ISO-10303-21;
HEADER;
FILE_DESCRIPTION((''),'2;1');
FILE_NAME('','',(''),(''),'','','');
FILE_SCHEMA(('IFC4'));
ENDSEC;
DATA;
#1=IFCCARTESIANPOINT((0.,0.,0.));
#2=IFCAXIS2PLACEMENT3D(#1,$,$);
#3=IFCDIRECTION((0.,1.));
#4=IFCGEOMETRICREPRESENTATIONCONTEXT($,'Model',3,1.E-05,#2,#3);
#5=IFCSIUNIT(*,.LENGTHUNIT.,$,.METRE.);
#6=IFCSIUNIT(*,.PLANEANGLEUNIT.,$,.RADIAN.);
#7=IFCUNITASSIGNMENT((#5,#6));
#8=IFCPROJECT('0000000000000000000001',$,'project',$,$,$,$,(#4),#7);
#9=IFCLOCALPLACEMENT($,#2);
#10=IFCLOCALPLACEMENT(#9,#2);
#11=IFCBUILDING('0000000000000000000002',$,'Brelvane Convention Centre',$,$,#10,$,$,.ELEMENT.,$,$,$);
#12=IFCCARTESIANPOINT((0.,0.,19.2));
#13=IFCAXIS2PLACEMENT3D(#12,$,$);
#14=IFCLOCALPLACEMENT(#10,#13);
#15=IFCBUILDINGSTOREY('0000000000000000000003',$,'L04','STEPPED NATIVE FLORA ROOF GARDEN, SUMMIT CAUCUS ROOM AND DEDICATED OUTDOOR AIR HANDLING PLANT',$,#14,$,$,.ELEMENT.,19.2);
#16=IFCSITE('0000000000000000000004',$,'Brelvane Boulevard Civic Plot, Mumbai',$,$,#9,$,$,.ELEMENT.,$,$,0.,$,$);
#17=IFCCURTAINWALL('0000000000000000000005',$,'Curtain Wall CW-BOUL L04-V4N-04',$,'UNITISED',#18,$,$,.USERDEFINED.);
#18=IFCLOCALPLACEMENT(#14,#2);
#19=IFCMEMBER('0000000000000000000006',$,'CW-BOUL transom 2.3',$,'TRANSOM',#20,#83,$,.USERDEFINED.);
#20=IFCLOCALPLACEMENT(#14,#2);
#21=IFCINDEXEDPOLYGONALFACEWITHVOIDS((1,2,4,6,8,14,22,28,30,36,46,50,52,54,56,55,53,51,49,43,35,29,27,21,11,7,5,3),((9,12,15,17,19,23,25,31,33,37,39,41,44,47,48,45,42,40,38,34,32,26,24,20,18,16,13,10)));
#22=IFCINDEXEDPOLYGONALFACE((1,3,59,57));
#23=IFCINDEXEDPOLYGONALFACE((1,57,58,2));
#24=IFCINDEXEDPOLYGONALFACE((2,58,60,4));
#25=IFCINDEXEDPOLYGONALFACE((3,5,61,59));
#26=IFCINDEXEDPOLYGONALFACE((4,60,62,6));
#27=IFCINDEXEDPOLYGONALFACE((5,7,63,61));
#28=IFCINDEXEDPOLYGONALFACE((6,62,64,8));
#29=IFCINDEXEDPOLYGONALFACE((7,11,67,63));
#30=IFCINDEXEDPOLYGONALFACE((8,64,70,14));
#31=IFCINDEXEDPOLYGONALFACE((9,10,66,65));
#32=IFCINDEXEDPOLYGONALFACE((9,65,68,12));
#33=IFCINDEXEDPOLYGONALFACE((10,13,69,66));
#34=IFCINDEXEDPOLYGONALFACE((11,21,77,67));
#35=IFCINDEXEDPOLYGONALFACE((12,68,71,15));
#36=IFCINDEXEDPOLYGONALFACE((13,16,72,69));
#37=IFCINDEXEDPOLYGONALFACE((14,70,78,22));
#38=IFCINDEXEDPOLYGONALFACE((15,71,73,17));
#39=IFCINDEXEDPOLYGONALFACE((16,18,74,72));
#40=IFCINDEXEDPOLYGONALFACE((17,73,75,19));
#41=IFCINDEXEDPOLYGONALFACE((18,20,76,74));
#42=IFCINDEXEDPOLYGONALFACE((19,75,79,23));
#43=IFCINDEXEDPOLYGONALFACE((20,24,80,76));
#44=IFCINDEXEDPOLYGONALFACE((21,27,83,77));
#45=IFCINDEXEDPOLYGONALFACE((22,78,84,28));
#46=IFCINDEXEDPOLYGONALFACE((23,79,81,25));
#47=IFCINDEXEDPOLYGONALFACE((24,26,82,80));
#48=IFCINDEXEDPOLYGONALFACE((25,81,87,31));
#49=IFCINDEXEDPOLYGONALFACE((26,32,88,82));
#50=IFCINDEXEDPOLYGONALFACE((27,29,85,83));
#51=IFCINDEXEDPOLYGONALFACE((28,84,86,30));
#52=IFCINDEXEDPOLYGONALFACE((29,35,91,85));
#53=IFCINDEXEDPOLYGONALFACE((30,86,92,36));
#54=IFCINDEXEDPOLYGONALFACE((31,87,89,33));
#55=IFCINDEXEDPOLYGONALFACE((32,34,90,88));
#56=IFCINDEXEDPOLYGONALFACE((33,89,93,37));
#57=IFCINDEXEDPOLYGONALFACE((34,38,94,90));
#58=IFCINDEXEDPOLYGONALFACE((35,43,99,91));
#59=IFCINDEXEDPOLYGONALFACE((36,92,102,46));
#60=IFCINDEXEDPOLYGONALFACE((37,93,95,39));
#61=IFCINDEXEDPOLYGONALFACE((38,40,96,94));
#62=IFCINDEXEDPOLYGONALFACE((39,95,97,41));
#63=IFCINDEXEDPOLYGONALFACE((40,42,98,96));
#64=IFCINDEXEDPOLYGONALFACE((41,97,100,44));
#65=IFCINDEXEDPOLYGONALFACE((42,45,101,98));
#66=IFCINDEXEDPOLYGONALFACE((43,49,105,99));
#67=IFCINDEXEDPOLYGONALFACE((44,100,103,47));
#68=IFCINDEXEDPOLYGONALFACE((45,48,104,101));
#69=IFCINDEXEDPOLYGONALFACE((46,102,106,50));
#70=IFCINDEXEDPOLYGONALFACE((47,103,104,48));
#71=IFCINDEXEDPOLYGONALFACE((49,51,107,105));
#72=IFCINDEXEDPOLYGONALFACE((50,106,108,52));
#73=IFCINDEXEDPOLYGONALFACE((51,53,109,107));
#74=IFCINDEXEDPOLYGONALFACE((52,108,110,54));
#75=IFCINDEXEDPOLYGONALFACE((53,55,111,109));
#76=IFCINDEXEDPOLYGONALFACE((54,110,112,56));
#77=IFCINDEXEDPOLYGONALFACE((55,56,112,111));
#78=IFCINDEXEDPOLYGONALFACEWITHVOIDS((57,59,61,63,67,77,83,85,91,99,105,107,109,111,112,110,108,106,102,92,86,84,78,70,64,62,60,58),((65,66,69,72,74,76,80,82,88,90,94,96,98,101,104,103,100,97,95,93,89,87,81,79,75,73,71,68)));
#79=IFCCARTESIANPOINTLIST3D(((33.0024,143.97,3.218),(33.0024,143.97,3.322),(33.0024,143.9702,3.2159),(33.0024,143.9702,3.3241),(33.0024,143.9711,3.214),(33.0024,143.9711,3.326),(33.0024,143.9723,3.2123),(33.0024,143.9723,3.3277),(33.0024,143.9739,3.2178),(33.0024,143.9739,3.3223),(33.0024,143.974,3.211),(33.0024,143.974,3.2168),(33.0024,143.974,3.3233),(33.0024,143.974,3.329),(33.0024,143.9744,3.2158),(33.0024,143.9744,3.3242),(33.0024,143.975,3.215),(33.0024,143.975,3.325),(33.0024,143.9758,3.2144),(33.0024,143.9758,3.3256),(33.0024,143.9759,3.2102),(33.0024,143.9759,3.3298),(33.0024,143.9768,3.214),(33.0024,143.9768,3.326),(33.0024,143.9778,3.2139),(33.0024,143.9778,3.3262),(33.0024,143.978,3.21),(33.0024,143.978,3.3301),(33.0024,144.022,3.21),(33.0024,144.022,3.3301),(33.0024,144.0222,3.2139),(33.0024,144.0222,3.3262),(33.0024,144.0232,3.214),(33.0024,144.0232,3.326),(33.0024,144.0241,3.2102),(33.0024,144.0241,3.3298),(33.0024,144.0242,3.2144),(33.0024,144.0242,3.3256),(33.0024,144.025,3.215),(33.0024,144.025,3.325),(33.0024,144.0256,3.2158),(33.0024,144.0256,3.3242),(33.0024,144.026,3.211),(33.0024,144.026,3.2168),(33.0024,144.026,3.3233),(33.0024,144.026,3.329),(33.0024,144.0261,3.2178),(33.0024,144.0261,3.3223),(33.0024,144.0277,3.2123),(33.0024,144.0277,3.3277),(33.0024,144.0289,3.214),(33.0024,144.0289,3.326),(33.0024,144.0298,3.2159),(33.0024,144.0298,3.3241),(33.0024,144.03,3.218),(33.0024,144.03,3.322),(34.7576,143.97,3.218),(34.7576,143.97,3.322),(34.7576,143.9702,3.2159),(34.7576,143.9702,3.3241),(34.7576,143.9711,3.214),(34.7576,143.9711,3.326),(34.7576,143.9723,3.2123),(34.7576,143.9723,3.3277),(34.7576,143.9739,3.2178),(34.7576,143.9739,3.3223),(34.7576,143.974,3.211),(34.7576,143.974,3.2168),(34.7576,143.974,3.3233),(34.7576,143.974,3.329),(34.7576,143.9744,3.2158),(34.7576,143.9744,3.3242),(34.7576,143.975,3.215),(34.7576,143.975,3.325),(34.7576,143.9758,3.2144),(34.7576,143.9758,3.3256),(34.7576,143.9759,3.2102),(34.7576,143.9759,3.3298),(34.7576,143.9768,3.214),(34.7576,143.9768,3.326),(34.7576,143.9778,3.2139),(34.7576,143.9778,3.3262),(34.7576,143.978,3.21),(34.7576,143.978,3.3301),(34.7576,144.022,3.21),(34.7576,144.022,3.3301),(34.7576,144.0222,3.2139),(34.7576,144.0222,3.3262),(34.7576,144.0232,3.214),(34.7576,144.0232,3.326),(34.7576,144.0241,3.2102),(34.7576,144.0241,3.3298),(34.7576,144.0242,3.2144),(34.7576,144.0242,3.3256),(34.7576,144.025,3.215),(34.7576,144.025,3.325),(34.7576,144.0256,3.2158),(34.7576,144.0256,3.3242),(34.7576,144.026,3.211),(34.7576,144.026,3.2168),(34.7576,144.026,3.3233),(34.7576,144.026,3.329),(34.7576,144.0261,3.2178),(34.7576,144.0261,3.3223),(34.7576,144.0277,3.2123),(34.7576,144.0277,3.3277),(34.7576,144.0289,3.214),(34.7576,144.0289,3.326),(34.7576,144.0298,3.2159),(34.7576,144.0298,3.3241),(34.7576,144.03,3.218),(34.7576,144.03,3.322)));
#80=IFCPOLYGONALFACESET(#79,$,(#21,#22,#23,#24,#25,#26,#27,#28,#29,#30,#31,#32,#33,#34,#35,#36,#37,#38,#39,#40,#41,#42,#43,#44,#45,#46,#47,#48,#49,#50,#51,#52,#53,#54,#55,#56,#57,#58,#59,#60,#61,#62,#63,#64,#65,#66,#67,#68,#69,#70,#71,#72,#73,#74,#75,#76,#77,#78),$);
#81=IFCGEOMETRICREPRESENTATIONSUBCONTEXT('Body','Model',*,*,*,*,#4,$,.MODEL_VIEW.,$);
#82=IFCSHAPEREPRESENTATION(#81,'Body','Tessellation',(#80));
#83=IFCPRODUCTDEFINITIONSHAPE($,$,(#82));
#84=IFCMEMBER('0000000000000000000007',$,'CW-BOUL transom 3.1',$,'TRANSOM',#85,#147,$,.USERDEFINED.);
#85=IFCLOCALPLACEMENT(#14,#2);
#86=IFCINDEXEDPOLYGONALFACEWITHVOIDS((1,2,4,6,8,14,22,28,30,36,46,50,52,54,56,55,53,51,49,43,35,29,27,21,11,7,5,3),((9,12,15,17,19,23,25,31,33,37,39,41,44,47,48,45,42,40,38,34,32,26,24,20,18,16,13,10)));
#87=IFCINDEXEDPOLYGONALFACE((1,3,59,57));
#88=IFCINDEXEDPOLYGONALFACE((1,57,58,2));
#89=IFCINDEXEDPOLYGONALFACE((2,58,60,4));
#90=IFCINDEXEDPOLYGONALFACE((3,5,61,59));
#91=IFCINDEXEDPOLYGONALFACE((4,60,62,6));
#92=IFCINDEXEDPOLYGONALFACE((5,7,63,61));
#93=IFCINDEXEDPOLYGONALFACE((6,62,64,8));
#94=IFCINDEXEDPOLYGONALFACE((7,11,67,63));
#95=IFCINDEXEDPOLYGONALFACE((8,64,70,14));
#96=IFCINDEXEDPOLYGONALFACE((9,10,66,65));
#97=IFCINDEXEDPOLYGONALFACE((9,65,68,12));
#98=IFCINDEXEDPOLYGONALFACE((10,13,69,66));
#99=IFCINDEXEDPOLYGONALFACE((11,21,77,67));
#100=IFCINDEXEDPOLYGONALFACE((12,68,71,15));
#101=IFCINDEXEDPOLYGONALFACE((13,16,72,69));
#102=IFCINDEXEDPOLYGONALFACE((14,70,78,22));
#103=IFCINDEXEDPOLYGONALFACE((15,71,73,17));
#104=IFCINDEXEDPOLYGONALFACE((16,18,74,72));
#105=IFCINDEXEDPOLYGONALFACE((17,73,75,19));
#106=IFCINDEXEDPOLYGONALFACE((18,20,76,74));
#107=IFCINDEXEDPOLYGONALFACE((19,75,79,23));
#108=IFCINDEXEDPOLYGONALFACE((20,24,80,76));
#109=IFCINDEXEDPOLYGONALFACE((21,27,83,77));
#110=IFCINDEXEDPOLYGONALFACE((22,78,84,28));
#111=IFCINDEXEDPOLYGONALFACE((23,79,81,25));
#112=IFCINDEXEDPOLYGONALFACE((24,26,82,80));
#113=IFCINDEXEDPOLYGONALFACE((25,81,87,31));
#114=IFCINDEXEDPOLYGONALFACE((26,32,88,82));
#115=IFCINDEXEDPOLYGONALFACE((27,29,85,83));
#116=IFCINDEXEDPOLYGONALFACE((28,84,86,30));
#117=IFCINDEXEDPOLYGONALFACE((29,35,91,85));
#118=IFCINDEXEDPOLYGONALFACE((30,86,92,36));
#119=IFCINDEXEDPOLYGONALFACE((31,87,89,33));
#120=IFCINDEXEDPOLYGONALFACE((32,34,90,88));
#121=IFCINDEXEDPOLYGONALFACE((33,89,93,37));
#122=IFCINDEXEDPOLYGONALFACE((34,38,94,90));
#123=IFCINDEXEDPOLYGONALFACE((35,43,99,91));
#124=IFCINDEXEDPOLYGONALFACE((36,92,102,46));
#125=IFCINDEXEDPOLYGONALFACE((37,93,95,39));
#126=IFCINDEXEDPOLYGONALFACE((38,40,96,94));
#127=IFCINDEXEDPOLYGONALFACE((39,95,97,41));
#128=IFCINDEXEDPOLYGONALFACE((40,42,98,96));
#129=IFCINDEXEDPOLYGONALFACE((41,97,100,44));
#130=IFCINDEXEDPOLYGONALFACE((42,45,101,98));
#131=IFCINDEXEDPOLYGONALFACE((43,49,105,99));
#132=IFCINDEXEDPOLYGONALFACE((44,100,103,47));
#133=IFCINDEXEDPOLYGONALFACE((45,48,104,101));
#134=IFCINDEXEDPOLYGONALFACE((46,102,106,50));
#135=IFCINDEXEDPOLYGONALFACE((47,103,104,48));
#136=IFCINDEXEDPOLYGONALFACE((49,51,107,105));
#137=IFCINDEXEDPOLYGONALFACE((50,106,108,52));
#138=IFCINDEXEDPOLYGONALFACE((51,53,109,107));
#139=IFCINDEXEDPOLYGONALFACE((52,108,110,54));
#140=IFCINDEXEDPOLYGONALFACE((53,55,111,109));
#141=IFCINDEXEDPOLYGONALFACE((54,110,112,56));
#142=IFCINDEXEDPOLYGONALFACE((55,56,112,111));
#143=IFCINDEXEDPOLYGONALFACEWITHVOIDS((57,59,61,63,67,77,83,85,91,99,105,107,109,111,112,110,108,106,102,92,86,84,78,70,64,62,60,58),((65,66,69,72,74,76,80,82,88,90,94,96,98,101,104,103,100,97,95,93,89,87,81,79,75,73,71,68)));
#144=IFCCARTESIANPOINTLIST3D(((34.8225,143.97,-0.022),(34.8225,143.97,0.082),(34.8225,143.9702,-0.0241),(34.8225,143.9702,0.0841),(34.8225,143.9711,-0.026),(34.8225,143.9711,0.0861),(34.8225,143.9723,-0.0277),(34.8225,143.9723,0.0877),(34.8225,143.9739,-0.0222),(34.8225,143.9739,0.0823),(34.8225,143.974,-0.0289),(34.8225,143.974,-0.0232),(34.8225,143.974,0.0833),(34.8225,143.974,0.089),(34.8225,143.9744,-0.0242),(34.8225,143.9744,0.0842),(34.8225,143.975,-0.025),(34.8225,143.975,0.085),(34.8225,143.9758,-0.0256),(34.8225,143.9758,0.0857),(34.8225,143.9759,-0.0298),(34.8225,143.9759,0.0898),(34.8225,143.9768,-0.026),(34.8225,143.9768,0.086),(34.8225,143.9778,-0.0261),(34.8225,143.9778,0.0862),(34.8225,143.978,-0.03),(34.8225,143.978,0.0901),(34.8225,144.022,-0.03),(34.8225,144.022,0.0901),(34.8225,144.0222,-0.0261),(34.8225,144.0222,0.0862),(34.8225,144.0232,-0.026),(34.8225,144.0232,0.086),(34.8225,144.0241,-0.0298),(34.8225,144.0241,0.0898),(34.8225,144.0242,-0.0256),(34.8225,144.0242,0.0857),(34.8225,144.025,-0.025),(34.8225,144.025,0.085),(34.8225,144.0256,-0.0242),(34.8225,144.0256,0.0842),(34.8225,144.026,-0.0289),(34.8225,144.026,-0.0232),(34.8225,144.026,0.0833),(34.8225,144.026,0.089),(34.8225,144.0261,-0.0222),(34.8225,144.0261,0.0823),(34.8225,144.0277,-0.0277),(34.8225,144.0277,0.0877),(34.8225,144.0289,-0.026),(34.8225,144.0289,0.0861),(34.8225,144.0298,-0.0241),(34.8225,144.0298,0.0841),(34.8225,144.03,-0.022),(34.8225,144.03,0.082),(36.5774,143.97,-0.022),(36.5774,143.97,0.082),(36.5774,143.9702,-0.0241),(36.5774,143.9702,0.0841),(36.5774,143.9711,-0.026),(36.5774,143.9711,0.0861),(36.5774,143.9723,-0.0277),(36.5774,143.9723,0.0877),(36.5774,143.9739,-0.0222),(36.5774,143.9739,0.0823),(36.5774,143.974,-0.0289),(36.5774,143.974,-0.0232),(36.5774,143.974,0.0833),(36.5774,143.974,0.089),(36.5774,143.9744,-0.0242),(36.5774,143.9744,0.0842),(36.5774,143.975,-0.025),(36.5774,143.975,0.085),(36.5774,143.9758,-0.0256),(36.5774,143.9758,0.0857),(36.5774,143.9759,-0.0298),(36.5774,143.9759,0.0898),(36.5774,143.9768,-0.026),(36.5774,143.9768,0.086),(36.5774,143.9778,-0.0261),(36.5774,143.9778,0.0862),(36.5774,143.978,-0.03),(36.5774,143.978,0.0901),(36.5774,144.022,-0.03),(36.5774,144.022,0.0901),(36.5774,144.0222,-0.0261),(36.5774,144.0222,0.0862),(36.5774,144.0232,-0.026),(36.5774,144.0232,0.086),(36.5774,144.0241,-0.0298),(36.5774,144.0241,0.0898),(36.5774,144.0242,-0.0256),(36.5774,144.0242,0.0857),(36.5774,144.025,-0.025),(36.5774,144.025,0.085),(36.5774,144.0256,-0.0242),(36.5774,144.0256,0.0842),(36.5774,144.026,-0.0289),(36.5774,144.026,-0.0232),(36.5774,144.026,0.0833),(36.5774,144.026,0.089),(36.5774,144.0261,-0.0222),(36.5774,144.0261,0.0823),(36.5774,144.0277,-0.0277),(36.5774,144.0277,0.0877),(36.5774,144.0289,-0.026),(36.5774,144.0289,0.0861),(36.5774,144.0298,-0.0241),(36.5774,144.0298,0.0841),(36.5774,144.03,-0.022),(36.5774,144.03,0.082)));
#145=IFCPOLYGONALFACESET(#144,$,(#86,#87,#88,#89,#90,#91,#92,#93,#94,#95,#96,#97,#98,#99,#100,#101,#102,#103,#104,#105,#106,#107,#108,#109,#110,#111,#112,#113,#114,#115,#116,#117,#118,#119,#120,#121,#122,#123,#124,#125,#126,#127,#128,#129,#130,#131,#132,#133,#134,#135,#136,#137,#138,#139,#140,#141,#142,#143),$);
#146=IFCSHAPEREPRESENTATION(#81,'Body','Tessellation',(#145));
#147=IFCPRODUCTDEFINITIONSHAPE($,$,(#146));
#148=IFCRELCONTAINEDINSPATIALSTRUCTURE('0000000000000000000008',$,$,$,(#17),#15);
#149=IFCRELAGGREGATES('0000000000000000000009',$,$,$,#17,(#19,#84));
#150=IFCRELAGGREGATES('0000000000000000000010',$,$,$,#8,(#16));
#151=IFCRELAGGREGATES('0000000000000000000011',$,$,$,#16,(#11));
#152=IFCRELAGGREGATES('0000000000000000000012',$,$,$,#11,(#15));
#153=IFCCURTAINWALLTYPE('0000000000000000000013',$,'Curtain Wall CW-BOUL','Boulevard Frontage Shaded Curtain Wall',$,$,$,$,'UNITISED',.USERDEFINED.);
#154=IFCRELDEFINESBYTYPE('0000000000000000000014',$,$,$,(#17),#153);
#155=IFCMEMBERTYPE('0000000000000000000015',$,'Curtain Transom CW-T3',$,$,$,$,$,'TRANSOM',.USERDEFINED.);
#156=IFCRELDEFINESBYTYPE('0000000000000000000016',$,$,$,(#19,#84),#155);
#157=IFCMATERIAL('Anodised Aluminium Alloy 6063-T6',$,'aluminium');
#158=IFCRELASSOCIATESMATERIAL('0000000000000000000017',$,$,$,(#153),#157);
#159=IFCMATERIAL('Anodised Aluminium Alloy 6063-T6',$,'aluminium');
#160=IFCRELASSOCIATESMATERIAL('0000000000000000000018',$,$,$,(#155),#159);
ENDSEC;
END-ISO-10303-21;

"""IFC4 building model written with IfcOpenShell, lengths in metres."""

from ifc_helpers import new_model, si_unit, direction, frame, origin, origin_2d, place, context, subcontext, project, spatial, hollow_rectangle, extrude, material, material_profile, profile_set, type_object, element, aggregate, save


model = new_model("IFC4")

# Units and contexts
model_context = context("Model", 3, precision=1e-05, world=origin(), true_north=direction((0.0, 1.0)))
body_context = subcontext(model_context, "Body", "Model", "MODEL_VIEW")
ifc_project = project(units=[si_unit("LENGTHUNIT", "METRE"), si_unit("PLANEANGLEUNIT", "RADIAN")], contexts=[model_context])

# Site, building, storey
site_placement = place(None, origin())
site = spatial("IfcSite", under=ifc_project, at=site_placement, Name="Brelvane Boulevard Civic Plot, Mumbai", CompositionType="ELEMENT", RefElevation=0.0)
building_placement = place(site_placement, origin())
building = spatial("IfcBuilding", under=site, at=building_placement, Name="Brelvane Convention Centre", CompositionType="ELEMENT")
storey_placement = place(building_placement, frame((0.0, 0.0, 19.2)))
storey = spatial("IfcBuildingStorey", under=building, at=storey_placement, Name="L04", Description="STEPPED NATIVE FLORA ROOF GARDEN, SUMMIT CAUCUS ROOM AND DEDICATED OUTDOOR AIR HANDLING PLANT", CompositionType="ELEMENT", Elevation=19.2)

# Shared definitions
ifc_material_1 = material(Name="Anodised Aluminium Alloy 6063-T6", Category="aluminium")
curtain_wall_type = type_object("IfcCurtainWallType", Name="Curtain Wall CW-BOUL", Description="Boulevard Frontage Shaded Curtain Wall", ElementType="UNITISED", PredefinedType="USERDEFINED", material=ifc_material_1)

# Curtain wall
curtain_wall_1_placement = place(storey_placement, origin())
curtain_wall_1 = element("IfcCurtainWall", 1, at=curtain_wall_1_placement, inside=storey, type_object=curtain_wall_type, Name="Curtain Wall CW-BOUL L04-V4N-04", ObjectType="UNITISED", PredefinedType="USERDEFINED")

# Members
ifc_material_2 = material(Name="Anodised Aluminium Alloy 6063-T6", Category="aluminium")
ifc_material_profile_1 = material_profile(ifc_material_2, hollow_rectangle(XDim=0.0601, YDim=0.1201, WallThickness=0.0039, InnerFilletRadius=0.0039, OuterFilletRadius=0.0081, at=origin_2d()), Name="ALU-T 120x60x4.0")
ifc_profile_set_1 = profile_set([ifc_material_profile_1], Name="Anodised Aluminium Alloy 6063-T6")
member_type_1 = type_object("IfcMemberType", Name="Curtain Transom CW-T3", ElementType="TRANSOM", PredefinedType="USERDEFINED", material=ifc_profile_set_1)
member_1_placement = place(storey_placement, frame((33.0024, 144.0, 3.27), z_axis=(1.0, 0.0, 0.0), x_axis=(0.0, 1.0, 0.0)))
member_1 = element("IfcMember", 2, at=member_1_placement, type_object=member_type_1, Name="CW-BOUL transom 2.3", ObjectType="TRANSOM", PredefinedType="USERDEFINED", context=body_context, shape_type="SweptSolid", body=[
    extrude(hollow_rectangle(XDim=0.0601, YDim=0.1201, WallThickness=0.0039, InnerFilletRadius=0.0039, OuterFilletRadius=0.0081, at=origin_2d()), origin(), (0.0, 0.0, 1.0), 1.7551),
])
member_2_placement = place(storey_placement, frame((34.8225, 144.0, 0.03), z_axis=(1.0, 0.0, 0.0), x_axis=(0.0, 1.0, 0.0)))
member_2 = element("IfcMember", 3, at=member_2_placement, type_object=member_type_1, Name="CW-BOUL transom 3.1", ObjectType="TRANSOM", PredefinedType="USERDEFINED", context=body_context, shape_type="SweptSolid", body=[
    extrude(hollow_rectangle(XDim=0.0601, YDim=0.1201, WallThickness=0.0039, InnerFilletRadius=0.0039, OuterFilletRadius=0.0081, at=origin_2d()), origin(), (0.0, 0.0, 1.0), 1.7549),
])

aggregate(curtain_wall_1, [member_1, member_2])

save(model, "model.ifc")
